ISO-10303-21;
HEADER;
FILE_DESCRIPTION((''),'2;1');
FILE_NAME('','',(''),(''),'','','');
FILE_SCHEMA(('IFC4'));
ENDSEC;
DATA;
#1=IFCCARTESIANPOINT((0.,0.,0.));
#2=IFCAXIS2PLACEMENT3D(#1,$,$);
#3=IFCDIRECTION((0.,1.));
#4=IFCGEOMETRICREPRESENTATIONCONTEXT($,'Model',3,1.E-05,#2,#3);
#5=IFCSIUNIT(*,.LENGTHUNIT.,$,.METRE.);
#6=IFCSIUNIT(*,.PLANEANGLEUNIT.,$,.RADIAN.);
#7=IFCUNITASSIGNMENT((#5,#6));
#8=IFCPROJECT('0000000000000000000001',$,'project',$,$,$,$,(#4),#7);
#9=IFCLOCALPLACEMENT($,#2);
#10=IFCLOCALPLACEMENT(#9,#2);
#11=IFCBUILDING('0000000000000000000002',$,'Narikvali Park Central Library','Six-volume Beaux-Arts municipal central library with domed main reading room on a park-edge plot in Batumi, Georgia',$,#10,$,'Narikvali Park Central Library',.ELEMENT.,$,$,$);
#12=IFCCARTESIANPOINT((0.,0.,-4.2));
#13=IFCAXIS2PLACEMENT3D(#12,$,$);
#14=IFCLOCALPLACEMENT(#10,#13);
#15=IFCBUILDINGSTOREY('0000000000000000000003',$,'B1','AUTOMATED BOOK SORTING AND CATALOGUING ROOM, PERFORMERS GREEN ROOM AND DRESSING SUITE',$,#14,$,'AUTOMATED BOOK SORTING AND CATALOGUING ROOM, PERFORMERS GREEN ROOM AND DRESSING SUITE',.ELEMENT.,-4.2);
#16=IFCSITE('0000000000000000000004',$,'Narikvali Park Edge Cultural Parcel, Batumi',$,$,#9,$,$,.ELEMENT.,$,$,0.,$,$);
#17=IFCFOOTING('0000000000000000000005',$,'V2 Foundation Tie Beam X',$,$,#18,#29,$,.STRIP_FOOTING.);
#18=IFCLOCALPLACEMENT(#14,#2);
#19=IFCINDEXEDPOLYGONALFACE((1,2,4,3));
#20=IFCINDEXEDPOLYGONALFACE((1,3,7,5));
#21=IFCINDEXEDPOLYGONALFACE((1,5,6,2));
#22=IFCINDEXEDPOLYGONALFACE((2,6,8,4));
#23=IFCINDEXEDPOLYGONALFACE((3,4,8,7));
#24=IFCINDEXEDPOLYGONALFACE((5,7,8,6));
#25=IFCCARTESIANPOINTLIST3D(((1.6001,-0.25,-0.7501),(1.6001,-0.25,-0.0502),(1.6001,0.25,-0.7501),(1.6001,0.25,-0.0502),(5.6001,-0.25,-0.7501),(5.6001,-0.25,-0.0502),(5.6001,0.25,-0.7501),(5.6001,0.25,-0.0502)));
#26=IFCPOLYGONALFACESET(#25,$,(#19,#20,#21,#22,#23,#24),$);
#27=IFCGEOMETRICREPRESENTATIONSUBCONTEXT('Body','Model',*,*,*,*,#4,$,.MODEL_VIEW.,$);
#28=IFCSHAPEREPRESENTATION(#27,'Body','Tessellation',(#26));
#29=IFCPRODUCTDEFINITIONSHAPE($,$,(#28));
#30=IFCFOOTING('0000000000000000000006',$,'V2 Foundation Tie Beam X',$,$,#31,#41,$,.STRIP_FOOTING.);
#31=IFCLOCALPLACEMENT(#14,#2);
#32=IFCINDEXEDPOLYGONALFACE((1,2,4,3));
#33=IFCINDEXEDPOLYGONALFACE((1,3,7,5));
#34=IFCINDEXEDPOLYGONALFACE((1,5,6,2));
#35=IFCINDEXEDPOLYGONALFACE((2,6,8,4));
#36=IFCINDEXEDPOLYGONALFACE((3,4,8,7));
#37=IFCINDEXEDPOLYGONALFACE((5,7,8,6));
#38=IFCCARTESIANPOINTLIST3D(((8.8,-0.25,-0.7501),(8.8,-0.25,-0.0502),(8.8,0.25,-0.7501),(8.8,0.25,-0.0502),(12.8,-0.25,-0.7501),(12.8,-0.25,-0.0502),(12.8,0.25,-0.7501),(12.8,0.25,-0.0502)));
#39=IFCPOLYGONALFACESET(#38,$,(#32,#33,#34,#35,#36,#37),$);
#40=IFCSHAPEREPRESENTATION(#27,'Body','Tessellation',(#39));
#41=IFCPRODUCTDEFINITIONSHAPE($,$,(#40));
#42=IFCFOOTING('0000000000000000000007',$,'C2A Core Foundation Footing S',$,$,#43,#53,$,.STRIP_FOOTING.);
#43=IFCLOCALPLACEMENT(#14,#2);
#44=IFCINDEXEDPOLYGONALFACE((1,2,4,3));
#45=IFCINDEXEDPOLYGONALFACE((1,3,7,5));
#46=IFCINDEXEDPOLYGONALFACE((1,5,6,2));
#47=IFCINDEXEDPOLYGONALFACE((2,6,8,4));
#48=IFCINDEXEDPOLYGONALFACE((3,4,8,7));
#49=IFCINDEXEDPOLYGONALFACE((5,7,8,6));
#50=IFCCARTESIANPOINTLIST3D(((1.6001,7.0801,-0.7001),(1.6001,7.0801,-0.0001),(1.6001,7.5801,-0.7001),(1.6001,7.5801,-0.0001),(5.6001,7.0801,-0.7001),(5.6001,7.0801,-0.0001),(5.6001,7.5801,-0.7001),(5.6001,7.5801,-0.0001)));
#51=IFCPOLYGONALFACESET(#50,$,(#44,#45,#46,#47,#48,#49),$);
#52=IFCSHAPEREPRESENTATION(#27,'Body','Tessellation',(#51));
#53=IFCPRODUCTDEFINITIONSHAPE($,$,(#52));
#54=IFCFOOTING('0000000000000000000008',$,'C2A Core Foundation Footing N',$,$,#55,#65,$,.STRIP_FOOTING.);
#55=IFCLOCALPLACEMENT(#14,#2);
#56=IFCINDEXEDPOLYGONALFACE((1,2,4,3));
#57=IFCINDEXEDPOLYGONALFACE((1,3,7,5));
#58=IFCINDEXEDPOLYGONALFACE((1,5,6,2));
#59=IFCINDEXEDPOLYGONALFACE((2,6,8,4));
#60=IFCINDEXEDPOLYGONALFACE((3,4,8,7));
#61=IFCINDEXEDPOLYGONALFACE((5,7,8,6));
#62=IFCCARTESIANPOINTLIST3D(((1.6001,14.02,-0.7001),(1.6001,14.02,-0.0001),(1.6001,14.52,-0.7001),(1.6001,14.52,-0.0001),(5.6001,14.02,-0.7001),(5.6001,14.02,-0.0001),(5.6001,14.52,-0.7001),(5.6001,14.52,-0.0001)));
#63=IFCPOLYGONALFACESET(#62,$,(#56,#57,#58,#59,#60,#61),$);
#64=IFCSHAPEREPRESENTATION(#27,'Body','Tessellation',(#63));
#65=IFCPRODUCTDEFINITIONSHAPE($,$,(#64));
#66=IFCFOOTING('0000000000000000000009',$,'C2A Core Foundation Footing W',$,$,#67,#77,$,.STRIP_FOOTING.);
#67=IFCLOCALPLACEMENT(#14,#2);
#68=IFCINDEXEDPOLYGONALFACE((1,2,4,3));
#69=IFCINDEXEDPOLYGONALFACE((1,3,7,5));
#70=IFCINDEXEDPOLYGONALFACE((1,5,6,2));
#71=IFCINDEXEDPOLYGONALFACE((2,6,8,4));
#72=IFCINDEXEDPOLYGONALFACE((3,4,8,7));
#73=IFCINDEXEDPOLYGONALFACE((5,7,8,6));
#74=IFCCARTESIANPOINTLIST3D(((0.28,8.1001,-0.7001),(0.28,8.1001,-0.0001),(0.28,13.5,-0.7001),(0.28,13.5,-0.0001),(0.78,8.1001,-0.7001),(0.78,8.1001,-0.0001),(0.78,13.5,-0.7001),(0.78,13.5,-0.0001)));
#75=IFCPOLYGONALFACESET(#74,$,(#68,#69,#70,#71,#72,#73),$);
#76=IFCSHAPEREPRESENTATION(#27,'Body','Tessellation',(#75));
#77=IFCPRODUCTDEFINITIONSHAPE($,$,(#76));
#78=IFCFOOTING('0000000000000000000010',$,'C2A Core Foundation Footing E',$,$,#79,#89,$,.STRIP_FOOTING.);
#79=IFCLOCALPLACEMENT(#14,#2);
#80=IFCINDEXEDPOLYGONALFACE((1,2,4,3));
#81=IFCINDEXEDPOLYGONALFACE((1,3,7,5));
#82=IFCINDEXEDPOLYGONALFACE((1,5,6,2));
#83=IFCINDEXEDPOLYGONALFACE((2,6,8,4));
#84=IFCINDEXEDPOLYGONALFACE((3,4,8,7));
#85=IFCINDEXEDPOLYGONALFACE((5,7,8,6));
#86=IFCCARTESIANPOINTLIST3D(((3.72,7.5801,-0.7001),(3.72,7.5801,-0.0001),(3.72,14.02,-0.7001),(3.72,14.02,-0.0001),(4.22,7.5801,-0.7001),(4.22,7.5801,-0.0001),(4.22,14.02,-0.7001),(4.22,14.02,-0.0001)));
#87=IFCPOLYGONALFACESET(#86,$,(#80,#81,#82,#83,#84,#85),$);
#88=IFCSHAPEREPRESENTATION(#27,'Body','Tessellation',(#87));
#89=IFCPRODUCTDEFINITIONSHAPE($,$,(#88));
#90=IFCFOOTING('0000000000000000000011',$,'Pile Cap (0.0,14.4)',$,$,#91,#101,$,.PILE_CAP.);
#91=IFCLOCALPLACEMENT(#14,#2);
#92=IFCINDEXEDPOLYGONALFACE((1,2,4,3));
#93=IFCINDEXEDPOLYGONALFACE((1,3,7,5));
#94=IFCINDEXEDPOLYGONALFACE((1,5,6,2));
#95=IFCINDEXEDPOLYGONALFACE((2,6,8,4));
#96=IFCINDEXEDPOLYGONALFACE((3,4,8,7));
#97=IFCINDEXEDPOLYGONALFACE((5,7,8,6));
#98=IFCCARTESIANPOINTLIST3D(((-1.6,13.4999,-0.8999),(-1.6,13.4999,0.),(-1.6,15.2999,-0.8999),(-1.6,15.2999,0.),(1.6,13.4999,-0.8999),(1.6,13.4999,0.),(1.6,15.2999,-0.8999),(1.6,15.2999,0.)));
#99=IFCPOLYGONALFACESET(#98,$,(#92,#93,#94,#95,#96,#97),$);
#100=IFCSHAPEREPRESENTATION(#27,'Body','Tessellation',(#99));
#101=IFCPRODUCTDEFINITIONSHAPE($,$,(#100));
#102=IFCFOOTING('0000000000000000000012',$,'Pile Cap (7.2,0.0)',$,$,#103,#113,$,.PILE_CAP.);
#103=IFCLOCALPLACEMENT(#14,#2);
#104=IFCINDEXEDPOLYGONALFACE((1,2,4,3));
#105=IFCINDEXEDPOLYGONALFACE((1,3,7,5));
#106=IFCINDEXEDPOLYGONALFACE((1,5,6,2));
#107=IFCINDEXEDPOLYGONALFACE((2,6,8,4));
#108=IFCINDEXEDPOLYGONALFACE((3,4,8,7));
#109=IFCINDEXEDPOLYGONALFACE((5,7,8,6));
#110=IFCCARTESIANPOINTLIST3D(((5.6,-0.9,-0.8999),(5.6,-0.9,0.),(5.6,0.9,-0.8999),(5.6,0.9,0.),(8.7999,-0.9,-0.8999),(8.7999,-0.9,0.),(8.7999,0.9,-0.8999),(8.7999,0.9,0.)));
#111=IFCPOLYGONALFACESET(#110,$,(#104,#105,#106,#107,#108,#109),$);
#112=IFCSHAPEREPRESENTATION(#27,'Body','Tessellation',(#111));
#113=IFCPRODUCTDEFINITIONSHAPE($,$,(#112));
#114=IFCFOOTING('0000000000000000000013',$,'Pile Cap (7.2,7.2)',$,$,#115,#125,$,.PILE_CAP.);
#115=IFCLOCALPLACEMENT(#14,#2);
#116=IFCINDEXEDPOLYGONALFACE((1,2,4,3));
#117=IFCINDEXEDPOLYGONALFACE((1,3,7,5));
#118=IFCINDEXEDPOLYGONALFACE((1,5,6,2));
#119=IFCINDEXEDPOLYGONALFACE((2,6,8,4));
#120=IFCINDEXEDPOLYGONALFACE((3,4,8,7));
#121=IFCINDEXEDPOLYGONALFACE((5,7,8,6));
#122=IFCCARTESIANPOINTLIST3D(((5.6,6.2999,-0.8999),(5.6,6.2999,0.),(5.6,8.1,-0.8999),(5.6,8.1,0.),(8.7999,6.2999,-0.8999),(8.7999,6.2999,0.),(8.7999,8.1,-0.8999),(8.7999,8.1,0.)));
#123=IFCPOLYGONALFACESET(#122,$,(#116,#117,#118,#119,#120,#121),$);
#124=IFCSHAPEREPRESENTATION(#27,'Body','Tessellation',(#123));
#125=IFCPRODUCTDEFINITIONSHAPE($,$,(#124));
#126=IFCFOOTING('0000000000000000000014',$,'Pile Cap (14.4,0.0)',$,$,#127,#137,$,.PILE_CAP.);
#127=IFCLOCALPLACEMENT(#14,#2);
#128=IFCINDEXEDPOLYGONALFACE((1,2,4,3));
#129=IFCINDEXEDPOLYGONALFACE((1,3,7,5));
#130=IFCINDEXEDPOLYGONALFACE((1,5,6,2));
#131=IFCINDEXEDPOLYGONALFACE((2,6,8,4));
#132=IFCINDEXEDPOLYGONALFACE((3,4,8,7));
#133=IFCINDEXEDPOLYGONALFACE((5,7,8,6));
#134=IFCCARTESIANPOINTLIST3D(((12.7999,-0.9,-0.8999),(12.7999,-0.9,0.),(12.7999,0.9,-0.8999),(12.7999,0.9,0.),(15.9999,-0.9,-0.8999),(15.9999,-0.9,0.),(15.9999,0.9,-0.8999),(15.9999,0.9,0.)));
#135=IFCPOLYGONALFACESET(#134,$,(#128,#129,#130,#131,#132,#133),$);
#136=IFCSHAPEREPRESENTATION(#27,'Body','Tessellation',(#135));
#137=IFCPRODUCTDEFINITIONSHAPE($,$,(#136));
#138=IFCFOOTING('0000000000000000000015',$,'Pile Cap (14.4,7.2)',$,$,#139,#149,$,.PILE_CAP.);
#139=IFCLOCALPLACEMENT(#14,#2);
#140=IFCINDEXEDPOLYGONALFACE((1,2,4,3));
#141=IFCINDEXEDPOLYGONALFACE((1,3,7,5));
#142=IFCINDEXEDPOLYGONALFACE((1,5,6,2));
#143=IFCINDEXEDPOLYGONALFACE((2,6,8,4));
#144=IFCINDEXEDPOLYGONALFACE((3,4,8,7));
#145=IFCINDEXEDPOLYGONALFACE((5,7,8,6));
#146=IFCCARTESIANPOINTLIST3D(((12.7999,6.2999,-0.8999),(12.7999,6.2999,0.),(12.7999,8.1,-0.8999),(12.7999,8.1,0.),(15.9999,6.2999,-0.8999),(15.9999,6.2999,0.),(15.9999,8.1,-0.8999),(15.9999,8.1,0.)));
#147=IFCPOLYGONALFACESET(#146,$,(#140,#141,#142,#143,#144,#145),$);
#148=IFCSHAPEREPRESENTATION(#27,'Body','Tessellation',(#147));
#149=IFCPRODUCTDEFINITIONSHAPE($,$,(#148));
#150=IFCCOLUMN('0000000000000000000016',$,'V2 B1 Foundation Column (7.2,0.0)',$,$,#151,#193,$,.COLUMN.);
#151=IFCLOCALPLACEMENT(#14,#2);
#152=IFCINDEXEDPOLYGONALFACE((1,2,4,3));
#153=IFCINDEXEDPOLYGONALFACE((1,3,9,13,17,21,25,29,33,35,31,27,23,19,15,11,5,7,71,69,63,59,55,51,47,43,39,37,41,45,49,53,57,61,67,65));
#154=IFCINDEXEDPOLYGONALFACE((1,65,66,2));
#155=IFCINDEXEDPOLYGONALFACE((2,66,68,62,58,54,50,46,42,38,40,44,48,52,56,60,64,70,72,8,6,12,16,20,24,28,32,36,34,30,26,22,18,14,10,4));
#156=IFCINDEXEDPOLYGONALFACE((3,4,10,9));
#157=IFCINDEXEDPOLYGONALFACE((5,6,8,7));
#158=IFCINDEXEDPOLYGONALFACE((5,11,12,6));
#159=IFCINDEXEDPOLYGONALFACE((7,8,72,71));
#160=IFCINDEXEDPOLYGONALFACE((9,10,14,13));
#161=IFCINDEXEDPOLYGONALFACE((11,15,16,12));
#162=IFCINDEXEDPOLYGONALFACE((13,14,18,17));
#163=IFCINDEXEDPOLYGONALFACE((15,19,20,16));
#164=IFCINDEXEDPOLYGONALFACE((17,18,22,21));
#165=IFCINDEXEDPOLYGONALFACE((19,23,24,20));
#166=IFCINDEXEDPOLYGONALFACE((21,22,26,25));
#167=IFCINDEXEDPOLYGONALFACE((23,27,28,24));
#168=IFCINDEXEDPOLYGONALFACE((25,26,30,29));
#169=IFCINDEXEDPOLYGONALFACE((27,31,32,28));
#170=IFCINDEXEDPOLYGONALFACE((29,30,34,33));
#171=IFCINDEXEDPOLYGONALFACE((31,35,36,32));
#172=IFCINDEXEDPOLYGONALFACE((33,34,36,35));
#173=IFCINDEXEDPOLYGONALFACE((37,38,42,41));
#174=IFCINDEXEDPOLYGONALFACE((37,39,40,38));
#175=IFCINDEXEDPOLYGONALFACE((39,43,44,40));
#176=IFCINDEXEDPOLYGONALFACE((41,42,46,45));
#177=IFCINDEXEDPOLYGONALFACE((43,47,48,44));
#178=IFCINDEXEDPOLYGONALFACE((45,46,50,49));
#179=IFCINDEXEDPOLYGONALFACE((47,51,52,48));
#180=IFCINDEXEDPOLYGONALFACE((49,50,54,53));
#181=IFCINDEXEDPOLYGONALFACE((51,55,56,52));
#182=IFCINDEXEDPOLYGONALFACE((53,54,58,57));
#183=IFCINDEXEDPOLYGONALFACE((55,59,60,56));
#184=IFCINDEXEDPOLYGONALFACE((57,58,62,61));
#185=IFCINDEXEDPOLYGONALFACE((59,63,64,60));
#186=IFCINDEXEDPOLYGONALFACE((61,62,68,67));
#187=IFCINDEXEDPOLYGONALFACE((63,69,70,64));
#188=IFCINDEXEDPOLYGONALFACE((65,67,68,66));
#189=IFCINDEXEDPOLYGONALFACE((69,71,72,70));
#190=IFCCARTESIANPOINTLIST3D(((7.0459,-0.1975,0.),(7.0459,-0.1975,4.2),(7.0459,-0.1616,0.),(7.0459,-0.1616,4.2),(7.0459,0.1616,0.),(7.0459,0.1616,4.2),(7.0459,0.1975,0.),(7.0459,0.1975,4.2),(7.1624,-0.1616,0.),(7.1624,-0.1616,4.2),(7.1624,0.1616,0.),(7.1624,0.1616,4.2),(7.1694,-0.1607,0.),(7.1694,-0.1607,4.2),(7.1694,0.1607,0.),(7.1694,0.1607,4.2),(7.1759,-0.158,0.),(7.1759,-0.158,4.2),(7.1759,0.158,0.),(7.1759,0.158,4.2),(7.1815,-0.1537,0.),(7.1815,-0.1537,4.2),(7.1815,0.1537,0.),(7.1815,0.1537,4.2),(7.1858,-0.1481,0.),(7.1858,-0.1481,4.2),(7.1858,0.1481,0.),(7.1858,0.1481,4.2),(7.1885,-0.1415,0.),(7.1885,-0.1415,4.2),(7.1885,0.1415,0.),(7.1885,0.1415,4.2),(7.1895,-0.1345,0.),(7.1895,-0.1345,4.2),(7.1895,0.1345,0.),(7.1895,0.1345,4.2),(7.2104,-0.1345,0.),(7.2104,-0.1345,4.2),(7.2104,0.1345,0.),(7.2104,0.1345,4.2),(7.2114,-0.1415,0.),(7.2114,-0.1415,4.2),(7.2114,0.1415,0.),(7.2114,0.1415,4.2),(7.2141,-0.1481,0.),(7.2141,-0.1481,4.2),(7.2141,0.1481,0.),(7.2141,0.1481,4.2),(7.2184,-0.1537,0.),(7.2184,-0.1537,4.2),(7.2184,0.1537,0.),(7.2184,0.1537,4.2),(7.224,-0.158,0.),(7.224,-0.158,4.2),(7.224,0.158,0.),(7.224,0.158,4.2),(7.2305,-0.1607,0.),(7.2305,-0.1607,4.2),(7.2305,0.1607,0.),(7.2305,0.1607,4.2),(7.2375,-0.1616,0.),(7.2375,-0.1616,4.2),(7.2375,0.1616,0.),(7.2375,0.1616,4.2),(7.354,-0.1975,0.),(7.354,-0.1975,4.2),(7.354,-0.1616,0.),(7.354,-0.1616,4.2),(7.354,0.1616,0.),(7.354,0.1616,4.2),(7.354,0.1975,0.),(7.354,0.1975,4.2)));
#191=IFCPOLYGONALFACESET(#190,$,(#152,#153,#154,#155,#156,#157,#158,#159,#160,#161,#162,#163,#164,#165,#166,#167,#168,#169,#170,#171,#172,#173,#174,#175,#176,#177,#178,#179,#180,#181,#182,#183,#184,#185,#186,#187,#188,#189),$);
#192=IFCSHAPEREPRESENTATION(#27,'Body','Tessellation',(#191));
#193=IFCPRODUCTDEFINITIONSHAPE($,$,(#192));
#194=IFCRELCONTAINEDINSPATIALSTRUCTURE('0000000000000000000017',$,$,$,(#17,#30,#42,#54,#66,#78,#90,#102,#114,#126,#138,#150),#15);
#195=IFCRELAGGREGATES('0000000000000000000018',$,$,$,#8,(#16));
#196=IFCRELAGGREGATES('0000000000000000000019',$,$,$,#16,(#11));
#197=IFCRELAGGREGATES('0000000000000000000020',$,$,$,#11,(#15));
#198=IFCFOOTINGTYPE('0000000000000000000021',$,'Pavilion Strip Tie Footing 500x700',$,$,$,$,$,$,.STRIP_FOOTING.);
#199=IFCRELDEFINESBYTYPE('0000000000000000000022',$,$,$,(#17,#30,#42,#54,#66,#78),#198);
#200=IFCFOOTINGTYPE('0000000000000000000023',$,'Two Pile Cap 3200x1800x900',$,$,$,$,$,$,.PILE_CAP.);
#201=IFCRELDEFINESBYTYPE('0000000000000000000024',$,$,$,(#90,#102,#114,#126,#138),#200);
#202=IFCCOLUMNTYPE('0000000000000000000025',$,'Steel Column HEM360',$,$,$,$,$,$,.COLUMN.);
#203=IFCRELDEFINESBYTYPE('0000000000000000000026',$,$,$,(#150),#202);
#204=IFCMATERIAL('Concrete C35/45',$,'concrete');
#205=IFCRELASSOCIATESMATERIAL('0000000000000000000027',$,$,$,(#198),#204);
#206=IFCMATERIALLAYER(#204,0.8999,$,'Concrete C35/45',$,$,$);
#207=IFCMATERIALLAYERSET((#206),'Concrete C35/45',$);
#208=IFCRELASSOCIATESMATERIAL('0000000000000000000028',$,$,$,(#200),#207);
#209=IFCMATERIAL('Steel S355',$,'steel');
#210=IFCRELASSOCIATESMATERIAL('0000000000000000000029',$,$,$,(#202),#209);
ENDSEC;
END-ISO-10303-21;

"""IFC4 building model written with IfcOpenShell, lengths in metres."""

from ifc_helpers import new_model, si_unit, direction, frame, origin, origin_2d, place, context, subcontext, project, spatial, rectangle, i_section, extrude, material, layer, layer_set, material_profile, profile_set, type_object, element, save


model = new_model("IFC4")

# Units and contexts
model_context = context("Model", 3, precision=1e-05, world=origin(), true_north=direction((0.0, 1.0)))
body_context = subcontext(model_context, "Body", "Model", "MODEL_VIEW")
ifc_project = project(units=[si_unit("LENGTHUNIT", "METRE"), si_unit("PLANEANGLEUNIT", "RADIAN")], contexts=[model_context])

# Site, building, storey
site_placement = place(None, origin())
site = spatial("IfcSite", under=ifc_project, at=site_placement, Name="Narikvali Park Edge Cultural Parcel, Batumi", CompositionType="ELEMENT", RefElevation=0.0)
building_placement = place(site_placement, origin())
building = spatial("IfcBuilding", under=site, at=building_placement, Name="Narikvali Park Central Library", Description="Six-volume Beaux-Arts municipal central library with domed main reading room on a park-edge plot in Batumi, Georgia", LongName="Narikvali Park Central Library", CompositionType="ELEMENT")
storey_placement = place(building_placement, frame((0.0, 0.0, -4.2)))
storey = spatial("IfcBuildingStorey", under=building, at=storey_placement, Name="B1", Description="AUTOMATED BOOK SORTING AND CATALOGUING ROOM, PERFORMERS GREEN ROOM AND DRESSING SUITE", LongName="AUTOMATED BOOK SORTING AND CATALOGUING ROOM, PERFORMERS GREEN ROOM AND DRESSING SUITE", CompositionType="ELEMENT", Elevation=-4.2)

# Shared definitions
ifc_material_1 = material(Name="Concrete C35/45", Category="concrete")

# Footings
ifc_material_profile_1 = material_profile(ifc_material_1, rectangle(XDim=0.5, YDim=0.7, at=origin_2d()), Name="RC GB 500x700")
ifc_profile_set_1 = profile_set([ifc_material_profile_1], Name="Concrete C35/45")
footing_type_1 = type_object("IfcFootingType", Name="Pavilion Strip Tie Footing 500x700", PredefinedType="STRIP_FOOTING", material=ifc_profile_set_1)
for number, where, z_axis, x_axis, name in (
    (1, (1.6001, 0.0, -0.4001), (1.0, 0.0, 0.0), (0.0, 1.0, 0.0), "V2 Foundation Tie Beam X"),
    (2, (8.8, 0.0, -0.4001), (1.0, 0.0, 0.0), (0.0, 1.0, 0.0), "V2 Foundation Tie Beam X"),
    (3, (1.6001, 7.3301, -0.3501), (1.0, 0.0, 0.0), (0.0, 1.0, 0.0), "C2A Core Foundation Footing S"),
    (4, (1.6001, 14.27, -0.3501), (1.0, 0.0, 0.0), (0.0, 1.0, 0.0), "C2A Core Foundation Footing N"),
):
    element("IfcFooting", number, at=place(storey_placement, frame(where, z_axis=z_axis, x_axis=x_axis)), inside=storey, type_object=footing_type_1, Name=name, PredefinedType="STRIP_FOOTING", context=body_context, shape_type="SweptSolid", body=[
        extrude(rectangle(XDim=0.5, YDim=0.7, at=origin_2d()), origin(), (0.0, 0.0, 1.0), 4.0),
    ])
footing_1_placement = place(storey_placement, frame((0.53, 8.1001, -0.3501), z_axis=(0.0, 1.0, 0.0), x_axis=(-1.0, 0.0, 0.0)))
element("IfcFooting", 5, at=footing_1_placement, inside=storey, type_object=footing_type_1, Name="C2A Core Foundation Footing W", PredefinedType="STRIP_FOOTING", context=body_context, shape_type="SweptSolid", body=[
    extrude(rectangle(XDim=0.5, YDim=0.7, at=origin_2d()), origin(), (0.0, 0.0, 1.0), 5.3999),
])
footing_2_placement = place(storey_placement, frame((3.97, 7.5801, -0.3501), z_axis=(0.0, 1.0, 0.0), x_axis=(-1.0, 0.0, 0.0)))
element("IfcFooting", 6, at=footing_2_placement, inside=storey, type_object=footing_type_1, Name="C2A Core Foundation Footing E", PredefinedType="STRIP_FOOTING", context=body_context, shape_type="SweptSolid", body=[
    extrude(rectangle(XDim=0.5, YDim=0.7, at=origin_2d()), origin(), (0.0, 0.0, 1.0), 6.4399),
])
ifc_layer_1 = layer(ifc_material_1, 0.8999, Name="Concrete C35/45")
ifc_layer_set_1 = layer_set([ifc_layer_1], Name="Concrete C35/45")
footing_type_2 = type_object("IfcFootingType", Name="Two Pile Cap 3200x1800x900", PredefinedType="PILE_CAP", material=ifc_layer_set_1)
for number, where, z_axis, x_axis, name in (
    (7, (0.0, 14.3999, -0.8999), (0.0, 0.0, 1.0), (1.0, 0.0, 0.0), "Pile Cap (0.0,14.4)"),
    (8, (7.2, 0.0, -0.8999), (0.0, 0.0, 1.0), (1.0, 0.0, 0.0), "Pile Cap (7.2,0.0)"),
    (9, (7.2, 7.2, -0.8999), (0.0, 0.0, 1.0), (1.0, 0.0, 0.0), "Pile Cap (7.2,7.2)"),
    (10, (14.3999, 0.0, -0.8999), (0.0, 0.0, 1.0), (1.0, 0.0, 0.0), "Pile Cap (14.4,0.0)"),
    (11, (14.3999, 7.2, -0.8999), (0.0, 0.0, 1.0), (1.0, 0.0, 0.0), "Pile Cap (14.4,7.2)"),
):
    element("IfcFooting", number, at=place(storey_placement, frame(where, z_axis=z_axis, x_axis=x_axis)), inside=storey, type_object=footing_type_2, Name=name, PredefinedType="PILE_CAP", context=body_context, shape_type="SweptSolid", body=[
        extrude(rectangle(XDim=3.2, YDim=1.8, at=origin_2d()), origin(), (0.0, 0.0, 1.0), 0.8999),
    ])

# Column
ifc_material_2 = material(Name="Steel S355", Category="steel")
ifc_material_profile_2 = material_profile(ifc_material_2, i_section(OverallWidth=0.3081, OverallDepth=0.395, WebThickness=0.021, FlangeThickness=0.0359, FilletRadius=0.0271, at=origin_2d()), Name="HEM 360")
ifc_profile_set_2 = profile_set([ifc_material_profile_2], Name="Steel S355")
column_type = type_object("IfcColumnType", Name="Steel Column HEM360", PredefinedType="COLUMN", material=ifc_profile_set_2)
for number, where, z_axis, x_axis, name in (
    (12, (7.2, 0.0, 0.0), (0.0, 0.0, 1.0), (1.0, 0.0, 0.0), "V2 B1 Foundation Column (7.2,0.0)"),
):
    element("IfcColumn", number, at=place(storey_placement, frame(where, z_axis=z_axis, x_axis=x_axis)), inside=storey, type_object=column_type, Name=name, PredefinedType="COLUMN", context=body_context, shape_type="SweptSolid", body=[
        extrude(i_section(OverallWidth=0.3081, OverallDepth=0.395, WebThickness=0.021, FlangeThickness=0.0359, FilletRadius=0.0271, at=origin_2d()), origin(), (0.0, 0.0, 1.0), 4.2),
    ])

save(model, "model.ifc")
